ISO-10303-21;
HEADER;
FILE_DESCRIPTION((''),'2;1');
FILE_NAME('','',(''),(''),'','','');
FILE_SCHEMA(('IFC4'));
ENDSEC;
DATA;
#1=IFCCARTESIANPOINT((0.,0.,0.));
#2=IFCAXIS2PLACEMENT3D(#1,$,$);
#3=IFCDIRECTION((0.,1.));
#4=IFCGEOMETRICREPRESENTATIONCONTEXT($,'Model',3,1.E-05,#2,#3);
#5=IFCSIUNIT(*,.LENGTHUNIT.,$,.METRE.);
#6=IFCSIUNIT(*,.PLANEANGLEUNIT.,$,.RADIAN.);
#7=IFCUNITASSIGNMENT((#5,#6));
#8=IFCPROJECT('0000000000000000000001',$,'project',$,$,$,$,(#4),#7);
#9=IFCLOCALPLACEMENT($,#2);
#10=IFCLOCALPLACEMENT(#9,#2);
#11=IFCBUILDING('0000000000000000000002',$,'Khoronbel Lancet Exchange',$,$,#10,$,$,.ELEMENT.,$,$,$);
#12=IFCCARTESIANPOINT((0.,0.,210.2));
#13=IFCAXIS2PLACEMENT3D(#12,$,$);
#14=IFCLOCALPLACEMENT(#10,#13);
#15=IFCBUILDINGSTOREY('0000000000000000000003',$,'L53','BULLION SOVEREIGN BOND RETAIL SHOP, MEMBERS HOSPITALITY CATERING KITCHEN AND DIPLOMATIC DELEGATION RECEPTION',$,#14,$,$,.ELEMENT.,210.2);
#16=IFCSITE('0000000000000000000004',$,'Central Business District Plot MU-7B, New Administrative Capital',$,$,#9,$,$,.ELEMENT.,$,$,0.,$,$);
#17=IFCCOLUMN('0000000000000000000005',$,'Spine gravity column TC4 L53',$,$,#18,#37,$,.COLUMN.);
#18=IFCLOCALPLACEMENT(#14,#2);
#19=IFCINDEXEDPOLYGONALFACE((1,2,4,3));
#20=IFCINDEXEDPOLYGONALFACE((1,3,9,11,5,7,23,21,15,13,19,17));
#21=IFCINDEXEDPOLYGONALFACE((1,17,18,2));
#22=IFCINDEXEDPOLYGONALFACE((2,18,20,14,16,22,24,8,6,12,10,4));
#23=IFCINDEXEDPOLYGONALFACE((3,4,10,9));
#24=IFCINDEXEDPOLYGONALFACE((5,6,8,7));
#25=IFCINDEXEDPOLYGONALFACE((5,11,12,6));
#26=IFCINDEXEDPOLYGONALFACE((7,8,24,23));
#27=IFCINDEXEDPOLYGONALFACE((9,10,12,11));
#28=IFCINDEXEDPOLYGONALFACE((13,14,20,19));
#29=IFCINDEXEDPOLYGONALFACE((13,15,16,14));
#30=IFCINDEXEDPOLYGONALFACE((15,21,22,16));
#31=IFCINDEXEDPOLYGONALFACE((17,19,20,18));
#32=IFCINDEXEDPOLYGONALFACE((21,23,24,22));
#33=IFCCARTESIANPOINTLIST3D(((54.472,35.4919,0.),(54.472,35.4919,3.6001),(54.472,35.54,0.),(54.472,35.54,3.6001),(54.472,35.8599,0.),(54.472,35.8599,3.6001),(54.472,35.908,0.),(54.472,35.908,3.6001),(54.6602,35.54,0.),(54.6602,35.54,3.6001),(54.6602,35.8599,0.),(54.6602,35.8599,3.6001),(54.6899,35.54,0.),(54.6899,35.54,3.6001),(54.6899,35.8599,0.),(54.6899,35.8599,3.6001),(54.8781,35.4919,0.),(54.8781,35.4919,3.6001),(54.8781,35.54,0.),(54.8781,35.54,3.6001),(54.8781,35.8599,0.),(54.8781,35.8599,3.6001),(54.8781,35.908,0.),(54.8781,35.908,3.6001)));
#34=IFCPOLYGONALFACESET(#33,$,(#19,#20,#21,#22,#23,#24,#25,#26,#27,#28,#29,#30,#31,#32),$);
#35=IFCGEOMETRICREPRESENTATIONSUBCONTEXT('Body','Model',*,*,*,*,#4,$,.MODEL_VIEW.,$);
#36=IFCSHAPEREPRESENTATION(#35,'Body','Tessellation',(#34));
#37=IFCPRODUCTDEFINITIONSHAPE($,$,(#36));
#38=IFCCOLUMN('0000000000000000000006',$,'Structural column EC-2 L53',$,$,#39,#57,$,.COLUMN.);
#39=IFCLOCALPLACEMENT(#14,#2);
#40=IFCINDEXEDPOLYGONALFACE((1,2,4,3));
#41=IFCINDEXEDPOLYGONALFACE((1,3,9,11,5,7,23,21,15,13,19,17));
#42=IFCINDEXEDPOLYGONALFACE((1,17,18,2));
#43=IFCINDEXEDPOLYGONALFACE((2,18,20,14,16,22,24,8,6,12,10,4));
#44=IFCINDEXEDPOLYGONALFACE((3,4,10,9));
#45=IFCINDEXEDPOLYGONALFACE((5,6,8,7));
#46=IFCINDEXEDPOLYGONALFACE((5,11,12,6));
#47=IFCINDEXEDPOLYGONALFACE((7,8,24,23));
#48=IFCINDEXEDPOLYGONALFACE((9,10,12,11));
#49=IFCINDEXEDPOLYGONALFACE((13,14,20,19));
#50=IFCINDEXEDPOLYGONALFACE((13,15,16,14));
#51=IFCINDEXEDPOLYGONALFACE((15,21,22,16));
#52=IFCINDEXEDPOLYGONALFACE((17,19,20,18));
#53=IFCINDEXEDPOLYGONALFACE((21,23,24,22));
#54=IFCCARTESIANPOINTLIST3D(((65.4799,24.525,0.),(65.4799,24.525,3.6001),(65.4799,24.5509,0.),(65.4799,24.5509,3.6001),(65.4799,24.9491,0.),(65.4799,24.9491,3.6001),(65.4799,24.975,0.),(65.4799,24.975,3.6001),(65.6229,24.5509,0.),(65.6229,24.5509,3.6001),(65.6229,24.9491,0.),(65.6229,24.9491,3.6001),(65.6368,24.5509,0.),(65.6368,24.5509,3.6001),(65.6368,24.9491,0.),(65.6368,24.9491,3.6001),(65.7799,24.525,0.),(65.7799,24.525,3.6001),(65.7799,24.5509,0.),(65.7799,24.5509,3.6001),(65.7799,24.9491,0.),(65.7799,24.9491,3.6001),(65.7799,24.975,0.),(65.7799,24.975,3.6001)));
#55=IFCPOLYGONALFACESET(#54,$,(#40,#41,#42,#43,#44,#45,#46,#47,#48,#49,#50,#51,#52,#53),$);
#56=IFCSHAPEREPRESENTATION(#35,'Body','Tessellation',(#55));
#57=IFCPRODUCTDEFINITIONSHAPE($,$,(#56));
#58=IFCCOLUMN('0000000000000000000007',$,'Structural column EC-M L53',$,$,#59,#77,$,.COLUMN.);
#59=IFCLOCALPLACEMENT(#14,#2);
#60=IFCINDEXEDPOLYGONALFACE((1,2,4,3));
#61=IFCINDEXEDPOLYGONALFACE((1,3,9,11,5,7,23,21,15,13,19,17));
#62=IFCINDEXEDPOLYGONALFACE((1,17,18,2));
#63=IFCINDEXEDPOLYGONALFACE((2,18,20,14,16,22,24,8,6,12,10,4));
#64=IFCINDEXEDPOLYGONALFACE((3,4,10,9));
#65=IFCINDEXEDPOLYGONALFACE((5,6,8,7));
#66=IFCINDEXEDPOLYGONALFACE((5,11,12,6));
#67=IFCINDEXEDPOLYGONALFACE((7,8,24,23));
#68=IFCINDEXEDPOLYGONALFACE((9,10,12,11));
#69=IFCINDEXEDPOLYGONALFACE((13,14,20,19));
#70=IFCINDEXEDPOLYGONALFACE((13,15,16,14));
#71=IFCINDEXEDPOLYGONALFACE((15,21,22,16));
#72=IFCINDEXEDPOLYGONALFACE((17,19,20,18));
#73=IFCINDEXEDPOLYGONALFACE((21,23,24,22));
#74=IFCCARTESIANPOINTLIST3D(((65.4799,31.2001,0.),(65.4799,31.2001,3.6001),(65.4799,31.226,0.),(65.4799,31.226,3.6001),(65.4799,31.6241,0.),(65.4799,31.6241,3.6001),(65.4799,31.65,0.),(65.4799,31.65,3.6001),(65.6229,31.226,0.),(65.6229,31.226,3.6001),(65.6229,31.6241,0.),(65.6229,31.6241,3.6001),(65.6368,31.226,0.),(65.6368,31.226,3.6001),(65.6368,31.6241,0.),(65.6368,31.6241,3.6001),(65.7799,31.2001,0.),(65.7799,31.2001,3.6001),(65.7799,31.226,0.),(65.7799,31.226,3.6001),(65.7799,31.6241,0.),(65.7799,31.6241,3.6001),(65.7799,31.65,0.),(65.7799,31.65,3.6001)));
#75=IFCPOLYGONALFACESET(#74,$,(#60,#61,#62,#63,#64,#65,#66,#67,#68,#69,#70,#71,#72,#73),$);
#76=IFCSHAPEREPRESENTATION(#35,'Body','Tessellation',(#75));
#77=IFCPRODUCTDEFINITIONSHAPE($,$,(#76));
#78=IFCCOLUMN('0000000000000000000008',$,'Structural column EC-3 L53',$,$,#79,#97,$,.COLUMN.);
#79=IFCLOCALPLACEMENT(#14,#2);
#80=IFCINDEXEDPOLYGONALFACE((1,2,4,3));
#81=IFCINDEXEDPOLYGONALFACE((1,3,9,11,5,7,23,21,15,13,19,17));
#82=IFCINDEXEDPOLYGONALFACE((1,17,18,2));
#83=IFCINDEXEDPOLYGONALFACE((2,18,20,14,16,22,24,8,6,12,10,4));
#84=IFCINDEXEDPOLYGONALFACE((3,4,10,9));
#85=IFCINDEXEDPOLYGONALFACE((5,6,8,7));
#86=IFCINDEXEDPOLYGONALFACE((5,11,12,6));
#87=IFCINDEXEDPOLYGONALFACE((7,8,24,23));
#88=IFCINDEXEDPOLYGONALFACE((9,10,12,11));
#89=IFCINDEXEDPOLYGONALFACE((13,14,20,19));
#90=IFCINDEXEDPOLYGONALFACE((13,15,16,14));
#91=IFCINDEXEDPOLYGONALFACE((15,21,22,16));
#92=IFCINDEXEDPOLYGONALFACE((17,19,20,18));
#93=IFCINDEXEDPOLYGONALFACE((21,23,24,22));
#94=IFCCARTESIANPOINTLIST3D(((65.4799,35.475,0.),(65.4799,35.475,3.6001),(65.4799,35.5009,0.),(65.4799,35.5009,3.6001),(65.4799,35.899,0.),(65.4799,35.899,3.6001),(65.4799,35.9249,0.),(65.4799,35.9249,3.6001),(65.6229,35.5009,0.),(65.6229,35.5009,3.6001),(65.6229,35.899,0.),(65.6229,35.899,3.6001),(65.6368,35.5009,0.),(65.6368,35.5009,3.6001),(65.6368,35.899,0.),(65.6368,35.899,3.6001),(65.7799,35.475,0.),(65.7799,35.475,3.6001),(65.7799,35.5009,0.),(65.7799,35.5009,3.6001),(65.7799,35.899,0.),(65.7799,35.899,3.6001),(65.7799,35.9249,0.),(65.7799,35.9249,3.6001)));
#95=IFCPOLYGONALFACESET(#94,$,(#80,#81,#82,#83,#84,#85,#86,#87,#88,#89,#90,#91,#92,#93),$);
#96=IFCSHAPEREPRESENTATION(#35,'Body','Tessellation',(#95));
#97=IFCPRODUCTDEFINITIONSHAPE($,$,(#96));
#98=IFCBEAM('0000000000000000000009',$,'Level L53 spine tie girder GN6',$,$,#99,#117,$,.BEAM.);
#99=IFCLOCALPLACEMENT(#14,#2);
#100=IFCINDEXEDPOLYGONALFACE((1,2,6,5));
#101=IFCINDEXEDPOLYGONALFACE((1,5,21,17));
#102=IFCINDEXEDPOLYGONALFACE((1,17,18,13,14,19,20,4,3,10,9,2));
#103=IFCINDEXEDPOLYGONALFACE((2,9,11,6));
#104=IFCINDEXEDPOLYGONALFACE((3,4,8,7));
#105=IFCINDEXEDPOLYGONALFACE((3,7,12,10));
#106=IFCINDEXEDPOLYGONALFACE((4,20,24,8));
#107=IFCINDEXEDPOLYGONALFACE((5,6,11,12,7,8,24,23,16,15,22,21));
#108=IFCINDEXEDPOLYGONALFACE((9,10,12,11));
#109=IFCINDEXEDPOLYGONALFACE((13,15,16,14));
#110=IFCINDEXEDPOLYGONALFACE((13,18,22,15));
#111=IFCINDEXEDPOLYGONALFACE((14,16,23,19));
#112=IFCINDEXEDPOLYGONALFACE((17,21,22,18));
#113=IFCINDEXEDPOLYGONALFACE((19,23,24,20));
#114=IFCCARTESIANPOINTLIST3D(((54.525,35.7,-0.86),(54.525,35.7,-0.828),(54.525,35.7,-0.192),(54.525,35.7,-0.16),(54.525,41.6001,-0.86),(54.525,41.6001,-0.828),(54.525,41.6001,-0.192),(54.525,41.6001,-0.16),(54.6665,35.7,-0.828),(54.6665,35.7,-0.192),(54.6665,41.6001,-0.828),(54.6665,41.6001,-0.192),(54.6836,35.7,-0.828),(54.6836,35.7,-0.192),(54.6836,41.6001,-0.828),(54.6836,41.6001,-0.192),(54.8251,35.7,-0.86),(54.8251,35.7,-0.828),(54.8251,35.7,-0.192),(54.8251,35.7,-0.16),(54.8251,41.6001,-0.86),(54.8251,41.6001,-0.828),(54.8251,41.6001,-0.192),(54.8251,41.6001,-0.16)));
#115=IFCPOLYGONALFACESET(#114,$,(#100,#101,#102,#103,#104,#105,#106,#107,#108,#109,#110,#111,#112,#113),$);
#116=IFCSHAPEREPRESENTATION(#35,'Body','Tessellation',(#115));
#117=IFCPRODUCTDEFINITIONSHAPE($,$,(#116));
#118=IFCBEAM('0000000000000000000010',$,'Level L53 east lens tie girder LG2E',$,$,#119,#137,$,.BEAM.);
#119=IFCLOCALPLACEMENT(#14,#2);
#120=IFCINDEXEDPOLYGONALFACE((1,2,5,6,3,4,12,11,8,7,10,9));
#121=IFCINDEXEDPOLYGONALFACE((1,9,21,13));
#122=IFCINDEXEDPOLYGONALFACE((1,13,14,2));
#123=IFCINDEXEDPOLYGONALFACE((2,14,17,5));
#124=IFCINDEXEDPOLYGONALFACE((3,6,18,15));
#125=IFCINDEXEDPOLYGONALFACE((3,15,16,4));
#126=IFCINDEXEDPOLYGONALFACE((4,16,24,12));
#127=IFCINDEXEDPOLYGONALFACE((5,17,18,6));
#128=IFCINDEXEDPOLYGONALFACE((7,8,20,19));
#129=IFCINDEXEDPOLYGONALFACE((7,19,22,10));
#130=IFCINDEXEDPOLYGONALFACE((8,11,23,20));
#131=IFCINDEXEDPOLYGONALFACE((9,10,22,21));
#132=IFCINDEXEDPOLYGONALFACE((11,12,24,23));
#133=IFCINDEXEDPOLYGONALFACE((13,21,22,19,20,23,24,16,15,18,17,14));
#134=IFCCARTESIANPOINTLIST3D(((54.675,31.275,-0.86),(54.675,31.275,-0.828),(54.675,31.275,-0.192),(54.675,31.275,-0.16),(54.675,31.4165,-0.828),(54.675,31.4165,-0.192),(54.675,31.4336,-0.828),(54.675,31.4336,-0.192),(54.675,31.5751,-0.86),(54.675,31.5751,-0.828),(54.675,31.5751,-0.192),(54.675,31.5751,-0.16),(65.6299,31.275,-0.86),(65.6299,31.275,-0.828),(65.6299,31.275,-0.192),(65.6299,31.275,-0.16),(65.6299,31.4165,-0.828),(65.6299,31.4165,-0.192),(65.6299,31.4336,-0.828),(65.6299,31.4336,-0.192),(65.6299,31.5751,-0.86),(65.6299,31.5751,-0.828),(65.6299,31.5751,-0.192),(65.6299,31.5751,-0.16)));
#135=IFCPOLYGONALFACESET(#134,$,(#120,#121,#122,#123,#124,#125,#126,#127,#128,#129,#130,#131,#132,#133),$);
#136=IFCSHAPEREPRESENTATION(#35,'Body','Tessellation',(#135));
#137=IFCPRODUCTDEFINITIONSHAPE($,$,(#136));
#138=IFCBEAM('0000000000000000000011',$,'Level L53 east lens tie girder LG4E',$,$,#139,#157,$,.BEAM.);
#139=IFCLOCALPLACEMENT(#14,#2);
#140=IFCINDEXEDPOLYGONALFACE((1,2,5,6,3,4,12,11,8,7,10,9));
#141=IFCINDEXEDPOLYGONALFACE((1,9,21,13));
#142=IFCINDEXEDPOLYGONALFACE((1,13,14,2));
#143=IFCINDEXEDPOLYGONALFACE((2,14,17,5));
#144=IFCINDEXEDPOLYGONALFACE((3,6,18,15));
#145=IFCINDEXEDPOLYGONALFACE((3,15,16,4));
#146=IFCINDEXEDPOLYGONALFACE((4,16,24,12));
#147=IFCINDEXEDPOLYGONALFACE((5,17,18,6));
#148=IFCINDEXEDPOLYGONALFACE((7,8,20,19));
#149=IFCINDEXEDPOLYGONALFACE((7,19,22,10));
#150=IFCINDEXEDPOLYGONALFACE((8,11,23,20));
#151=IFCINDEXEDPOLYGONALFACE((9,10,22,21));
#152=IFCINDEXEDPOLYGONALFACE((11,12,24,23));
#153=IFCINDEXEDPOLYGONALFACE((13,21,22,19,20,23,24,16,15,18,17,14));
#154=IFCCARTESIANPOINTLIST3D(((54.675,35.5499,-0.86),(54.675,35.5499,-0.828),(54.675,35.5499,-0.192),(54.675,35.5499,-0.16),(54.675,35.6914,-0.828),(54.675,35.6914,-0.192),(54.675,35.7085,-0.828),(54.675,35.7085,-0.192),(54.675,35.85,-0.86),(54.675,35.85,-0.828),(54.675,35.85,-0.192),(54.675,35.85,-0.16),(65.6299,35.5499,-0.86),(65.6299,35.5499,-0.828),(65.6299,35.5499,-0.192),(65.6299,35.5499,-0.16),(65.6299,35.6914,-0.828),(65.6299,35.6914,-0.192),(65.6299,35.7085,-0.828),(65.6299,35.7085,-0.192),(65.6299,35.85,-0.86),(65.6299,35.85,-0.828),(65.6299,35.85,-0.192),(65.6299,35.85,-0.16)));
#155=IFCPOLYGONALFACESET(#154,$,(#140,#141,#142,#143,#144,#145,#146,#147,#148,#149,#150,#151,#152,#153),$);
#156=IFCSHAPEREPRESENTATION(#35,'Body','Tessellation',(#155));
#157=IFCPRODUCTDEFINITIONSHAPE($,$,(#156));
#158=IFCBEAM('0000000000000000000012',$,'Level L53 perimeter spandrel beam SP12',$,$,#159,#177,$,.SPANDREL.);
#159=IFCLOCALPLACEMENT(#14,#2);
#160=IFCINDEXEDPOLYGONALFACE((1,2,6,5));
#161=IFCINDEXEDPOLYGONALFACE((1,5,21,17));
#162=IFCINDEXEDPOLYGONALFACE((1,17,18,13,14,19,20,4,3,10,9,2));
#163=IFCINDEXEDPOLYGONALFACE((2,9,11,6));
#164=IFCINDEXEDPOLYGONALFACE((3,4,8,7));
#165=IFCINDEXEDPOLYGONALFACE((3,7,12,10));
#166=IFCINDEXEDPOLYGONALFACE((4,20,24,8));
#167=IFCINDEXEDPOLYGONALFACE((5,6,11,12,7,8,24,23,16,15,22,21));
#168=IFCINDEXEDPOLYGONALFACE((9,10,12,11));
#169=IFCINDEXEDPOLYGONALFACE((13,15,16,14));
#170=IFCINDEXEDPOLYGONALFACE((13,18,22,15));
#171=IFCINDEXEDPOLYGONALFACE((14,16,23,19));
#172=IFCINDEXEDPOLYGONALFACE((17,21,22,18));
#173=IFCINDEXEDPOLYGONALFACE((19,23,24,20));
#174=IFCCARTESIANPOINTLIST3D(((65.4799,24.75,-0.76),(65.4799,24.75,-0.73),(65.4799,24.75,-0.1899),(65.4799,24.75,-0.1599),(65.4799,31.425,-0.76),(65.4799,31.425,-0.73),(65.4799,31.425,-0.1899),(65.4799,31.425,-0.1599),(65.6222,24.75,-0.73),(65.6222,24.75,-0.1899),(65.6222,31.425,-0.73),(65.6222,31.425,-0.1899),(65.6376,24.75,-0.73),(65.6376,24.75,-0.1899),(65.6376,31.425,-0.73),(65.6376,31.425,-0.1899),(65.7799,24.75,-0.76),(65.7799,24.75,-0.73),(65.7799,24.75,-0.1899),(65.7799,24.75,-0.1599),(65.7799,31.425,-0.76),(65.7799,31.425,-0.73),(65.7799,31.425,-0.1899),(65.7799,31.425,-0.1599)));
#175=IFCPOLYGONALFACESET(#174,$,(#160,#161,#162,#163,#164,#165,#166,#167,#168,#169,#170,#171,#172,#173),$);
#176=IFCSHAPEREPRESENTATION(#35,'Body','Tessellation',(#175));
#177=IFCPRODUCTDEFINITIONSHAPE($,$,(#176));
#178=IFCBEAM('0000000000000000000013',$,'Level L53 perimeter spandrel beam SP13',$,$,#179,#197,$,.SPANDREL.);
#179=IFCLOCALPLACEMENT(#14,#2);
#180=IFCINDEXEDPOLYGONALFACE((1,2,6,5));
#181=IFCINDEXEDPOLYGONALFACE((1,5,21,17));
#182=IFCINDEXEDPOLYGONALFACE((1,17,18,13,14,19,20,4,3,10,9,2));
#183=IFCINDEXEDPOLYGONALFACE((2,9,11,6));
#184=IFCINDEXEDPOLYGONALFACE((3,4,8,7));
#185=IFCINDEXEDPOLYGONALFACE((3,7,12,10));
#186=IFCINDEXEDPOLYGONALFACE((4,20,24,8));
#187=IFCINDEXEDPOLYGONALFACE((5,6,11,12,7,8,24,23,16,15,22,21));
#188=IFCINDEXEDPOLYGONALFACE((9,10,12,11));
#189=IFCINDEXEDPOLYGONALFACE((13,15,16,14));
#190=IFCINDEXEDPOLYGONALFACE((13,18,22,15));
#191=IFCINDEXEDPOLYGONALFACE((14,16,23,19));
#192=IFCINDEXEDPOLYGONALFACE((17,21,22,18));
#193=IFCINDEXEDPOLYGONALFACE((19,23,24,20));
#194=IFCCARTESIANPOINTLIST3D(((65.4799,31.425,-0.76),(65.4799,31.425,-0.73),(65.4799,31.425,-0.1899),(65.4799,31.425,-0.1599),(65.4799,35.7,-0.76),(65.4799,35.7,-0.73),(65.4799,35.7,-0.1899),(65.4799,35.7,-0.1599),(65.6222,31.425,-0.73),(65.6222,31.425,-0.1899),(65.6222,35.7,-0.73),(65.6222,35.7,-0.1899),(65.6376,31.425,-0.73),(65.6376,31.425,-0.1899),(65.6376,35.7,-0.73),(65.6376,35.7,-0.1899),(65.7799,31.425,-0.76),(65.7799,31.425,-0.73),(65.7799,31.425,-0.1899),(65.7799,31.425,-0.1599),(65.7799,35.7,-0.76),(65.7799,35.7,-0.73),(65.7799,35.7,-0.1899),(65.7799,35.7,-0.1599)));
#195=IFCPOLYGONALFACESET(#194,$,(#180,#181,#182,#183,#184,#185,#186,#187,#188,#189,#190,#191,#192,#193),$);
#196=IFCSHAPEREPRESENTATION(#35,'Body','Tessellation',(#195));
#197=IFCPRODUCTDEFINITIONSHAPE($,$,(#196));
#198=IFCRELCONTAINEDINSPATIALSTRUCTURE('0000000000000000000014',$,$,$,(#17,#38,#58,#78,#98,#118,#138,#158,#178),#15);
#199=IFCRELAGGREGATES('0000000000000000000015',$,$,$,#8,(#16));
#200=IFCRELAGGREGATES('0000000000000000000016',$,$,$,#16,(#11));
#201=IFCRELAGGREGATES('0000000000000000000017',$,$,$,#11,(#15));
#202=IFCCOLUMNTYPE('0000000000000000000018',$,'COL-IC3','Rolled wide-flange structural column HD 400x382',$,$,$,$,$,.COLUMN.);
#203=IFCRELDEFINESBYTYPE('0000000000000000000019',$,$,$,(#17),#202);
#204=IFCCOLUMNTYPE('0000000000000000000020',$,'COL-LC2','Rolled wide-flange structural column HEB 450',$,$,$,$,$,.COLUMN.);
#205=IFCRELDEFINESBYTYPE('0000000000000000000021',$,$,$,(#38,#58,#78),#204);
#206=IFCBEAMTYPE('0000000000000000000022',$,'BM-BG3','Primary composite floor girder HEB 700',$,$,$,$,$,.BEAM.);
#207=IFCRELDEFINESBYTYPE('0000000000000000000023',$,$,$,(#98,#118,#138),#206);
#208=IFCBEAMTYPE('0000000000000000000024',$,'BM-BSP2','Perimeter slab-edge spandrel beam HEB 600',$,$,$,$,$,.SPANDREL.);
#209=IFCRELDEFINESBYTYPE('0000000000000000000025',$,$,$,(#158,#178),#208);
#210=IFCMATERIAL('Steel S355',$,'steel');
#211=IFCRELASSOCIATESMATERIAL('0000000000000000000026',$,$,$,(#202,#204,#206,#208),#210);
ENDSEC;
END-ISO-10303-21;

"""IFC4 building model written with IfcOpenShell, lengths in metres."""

from ifc_helpers import new_model, si_unit, direction, frame, origin, origin_2d, place, context, subcontext, project, spatial, i_section, extrude, material, material_profile, profile_set, type_object, element, save


model = new_model("IFC4")

# Units and contexts
model_context = context("Model", 3, precision=1e-05, world=origin(), true_north=direction((0.0, 1.0)))
body_context = subcontext(model_context, "Body", "Model", "MODEL_VIEW")
ifc_project = project(units=[si_unit("LENGTHUNIT", "METRE"), si_unit("PLANEANGLEUNIT", "RADIAN")], contexts=[model_context])

# Site, building, storey
site_placement = place(None, origin())
site = spatial("IfcSite", under=ifc_project, at=site_placement, Name="Central Business District Plot MU-7B, New Administrative Capital", CompositionType="ELEMENT", RefElevation=0.0)
building_placement = place(site_placement, origin())
building = spatial("IfcBuilding", under=site, at=building_placement, Name="Khoronbel Lancet Exchange", CompositionType="ELEMENT")
storey_placement = place(building_placement, frame((0.0, 0.0, 210.2)))
storey = spatial("IfcBuildingStorey", under=building, at=storey_placement, Name="L53", Description="BULLION SOVEREIGN BOND RETAIL SHOP, MEMBERS HOSPITALITY CATERING KITCHEN AND DIPLOMATIC DELEGATION RECEPTION", CompositionType="ELEMENT", Elevation=210.2)

# Columns
ifc_material_1 = material(Name="Steel S355", Category="steel")
ifc_material_profile_1 = material_profile(ifc_material_1, i_section(OverallWidth=0.406, OverallDepth=0.416, WebThickness=0.0298, FlangeThickness=0.0481, at=origin_2d()), Name="HD 400x382")
ifc_profile_set_1 = profile_set([ifc_material_profile_1], Name="Steel S355")
column_type_1 = type_object("IfcColumnType", Name="COL-IC3", Description="Rolled wide-flange structural column HD 400x382", PredefinedType="COLUMN", material=ifc_profile_set_1)
column_placement = place(storey_placement, frame((54.675, 35.7, 0.0), z_axis=(0.0, 0.0, 1.0), x_axis=(1.0, 0.0, 0.0)))
element("IfcColumn", 1, at=column_placement, inside=storey, type_object=column_type_1, Name="Spine gravity column TC4 L53", PredefinedType="COLUMN", context=body_context, shape_type="SweptSolid", body=[
    extrude(i_section(OverallWidth=0.406, OverallDepth=0.416, WebThickness=0.0298, FlangeThickness=0.0481, at=origin_2d()), origin(), (0.0, 0.0, 1.0), 3.6001),
])
ifc_material_profile_2 = material_profile(ifc_material_1, i_section(OverallWidth=0.3, OverallDepth=0.45, WebThickness=0.0139, FlangeThickness=0.0259, at=origin_2d()), Name="HEB 450")
ifc_profile_set_2 = profile_set([ifc_material_profile_2], Name="Steel S355")
column_type_2 = type_object("IfcColumnType", Name="COL-LC2", Description="Rolled wide-flange structural column HEB 450", PredefinedType="COLUMN", material=ifc_profile_set_2)
for number, where, z_axis, x_axis, name in (
    (2, (65.6299, 24.75, 0.0), (0.0, 0.0, 1.0), (1.0, 0.0, 0.0), "Structural column EC-2 L53"),
    (3, (65.6299, 31.425, 0.0), (0.0, 0.0, 1.0), (1.0, 0.0, 0.0), "Structural column EC-M L53"),
    (4, (65.6299, 35.7, 0.0), (0.0, 0.0, 1.0), (1.0, 0.0, 0.0), "Structural column EC-3 L53"),
):
    element("IfcColumn", number, at=place(storey_placement, frame(where, z_axis=z_axis, x_axis=x_axis)), inside=storey, type_object=column_type_2, Name=name, PredefinedType="COLUMN", context=body_context, shape_type="SweptSolid", body=[
        extrude(i_section(OverallWidth=0.3, OverallDepth=0.45, WebThickness=0.0139, FlangeThickness=0.0259, at=origin_2d()), origin(), (0.0, 0.0, 1.0), 3.6001),
    ])

# Beams
ifc_material_profile_3 = material_profile(ifc_material_1, i_section(OverallWidth=0.3, OverallDepth=0.7, WebThickness=0.0171, FlangeThickness=0.032, at=origin_2d()), Name="HEB 700")
ifc_profile_set_3 = profile_set([ifc_material_profile_3], Name="Steel S355")
beam_type_1 = type_object("IfcBeamType", Name="BM-BG3", Description="Primary composite floor girder HEB 700", PredefinedType="BEAM", material=ifc_profile_set_3)
beam_1_placement = place(storey_placement, frame((54.675, 35.7, -0.51), z_axis=(0.0, 1.0, 0.0), x_axis=(-1.0, 0.0, 0.0)))
element("IfcBeam", 5, at=beam_1_placement, inside=storey, type_object=beam_type_1, Name="Level L53 spine tie girder GN6", PredefinedType="BEAM", context=body_context, shape_type="SweptSolid", body=[
    extrude(i_section(OverallWidth=0.3, OverallDepth=0.7, WebThickness=0.0171, FlangeThickness=0.032, at=origin_2d()), origin(), (0.0, 0.0, 1.0), 5.9001),
])
for number, where, z_axis, x_axis, name in (
    (6, (54.675, 31.425, -0.51), (1.0, 0.0, 0.0), (0.0, 1.0, 0.0), "Level L53 east lens tie girder LG2E"),
    (7, (54.675, 35.7, -0.51), (1.0, 0.0, 0.0), (0.0, 1.0, 0.0), "Level L53 east lens tie girder LG4E"),
):
    element("IfcBeam", number, at=place(storey_placement, frame(where, z_axis=z_axis, x_axis=x_axis)), inside=storey, type_object=beam_type_1, Name=name, PredefinedType="BEAM", context=body_context, shape_type="SweptSolid", body=[
        extrude(i_section(OverallWidth=0.3, OverallDepth=0.7, WebThickness=0.0171, FlangeThickness=0.032, at=origin_2d()), origin(), (0.0, 0.0, 1.0), 10.9548),
    ])
ifc_material_profile_4 = material_profile(ifc_material_1, i_section(OverallWidth=0.3, OverallDepth=0.6001, WebThickness=0.0154, FlangeThickness=0.03, at=origin_2d()), Name="HEB 600")
ifc_profile_set_4 = profile_set([ifc_material_profile_4], Name="Steel S355")
beam_type_2 = type_object("IfcBeamType", Name="BM-BSP2", Description="Perimeter slab-edge spandrel beam HEB 600", PredefinedType="SPANDREL", material=ifc_profile_set_4)
beam_2_placement = place(storey_placement, frame((65.6299, 24.75, -0.46), z_axis=(0.0, 1.0, 0.0), x_axis=(-1.0, 0.0, 0.0)))
element("IfcBeam", 8, at=beam_2_placement, inside=storey, type_object=beam_type_2, Name="Level L53 perimeter spandrel beam SP12", PredefinedType="SPANDREL", context=body_context, shape_type="SweptSolid", body=[
    extrude(i_section(OverallWidth=0.3, OverallDepth=0.6001, WebThickness=0.0154, FlangeThickness=0.03, at=origin_2d()), origin(), (0.0, 0.0, 1.0), 6.675),
])
beam_3_placement = place(storey_placement, frame((65.6299, 31.425, -0.46), z_axis=(0.0, 1.0, 0.0), x_axis=(-1.0, 0.0, 0.0)))
element("IfcBeam", 9, at=beam_3_placement, inside=storey, type_object=beam_type_2, Name="Level L53 perimeter spandrel beam SP13", PredefinedType="SPANDREL", context=body_context, shape_type="SweptSolid", body=[
    extrude(i_section(OverallWidth=0.3, OverallDepth=0.6001, WebThickness=0.0154, FlangeThickness=0.03, at=origin_2d()), origin(), (0.0, 0.0, 1.0), 4.2749),
])

save(model, "model.ifc")
